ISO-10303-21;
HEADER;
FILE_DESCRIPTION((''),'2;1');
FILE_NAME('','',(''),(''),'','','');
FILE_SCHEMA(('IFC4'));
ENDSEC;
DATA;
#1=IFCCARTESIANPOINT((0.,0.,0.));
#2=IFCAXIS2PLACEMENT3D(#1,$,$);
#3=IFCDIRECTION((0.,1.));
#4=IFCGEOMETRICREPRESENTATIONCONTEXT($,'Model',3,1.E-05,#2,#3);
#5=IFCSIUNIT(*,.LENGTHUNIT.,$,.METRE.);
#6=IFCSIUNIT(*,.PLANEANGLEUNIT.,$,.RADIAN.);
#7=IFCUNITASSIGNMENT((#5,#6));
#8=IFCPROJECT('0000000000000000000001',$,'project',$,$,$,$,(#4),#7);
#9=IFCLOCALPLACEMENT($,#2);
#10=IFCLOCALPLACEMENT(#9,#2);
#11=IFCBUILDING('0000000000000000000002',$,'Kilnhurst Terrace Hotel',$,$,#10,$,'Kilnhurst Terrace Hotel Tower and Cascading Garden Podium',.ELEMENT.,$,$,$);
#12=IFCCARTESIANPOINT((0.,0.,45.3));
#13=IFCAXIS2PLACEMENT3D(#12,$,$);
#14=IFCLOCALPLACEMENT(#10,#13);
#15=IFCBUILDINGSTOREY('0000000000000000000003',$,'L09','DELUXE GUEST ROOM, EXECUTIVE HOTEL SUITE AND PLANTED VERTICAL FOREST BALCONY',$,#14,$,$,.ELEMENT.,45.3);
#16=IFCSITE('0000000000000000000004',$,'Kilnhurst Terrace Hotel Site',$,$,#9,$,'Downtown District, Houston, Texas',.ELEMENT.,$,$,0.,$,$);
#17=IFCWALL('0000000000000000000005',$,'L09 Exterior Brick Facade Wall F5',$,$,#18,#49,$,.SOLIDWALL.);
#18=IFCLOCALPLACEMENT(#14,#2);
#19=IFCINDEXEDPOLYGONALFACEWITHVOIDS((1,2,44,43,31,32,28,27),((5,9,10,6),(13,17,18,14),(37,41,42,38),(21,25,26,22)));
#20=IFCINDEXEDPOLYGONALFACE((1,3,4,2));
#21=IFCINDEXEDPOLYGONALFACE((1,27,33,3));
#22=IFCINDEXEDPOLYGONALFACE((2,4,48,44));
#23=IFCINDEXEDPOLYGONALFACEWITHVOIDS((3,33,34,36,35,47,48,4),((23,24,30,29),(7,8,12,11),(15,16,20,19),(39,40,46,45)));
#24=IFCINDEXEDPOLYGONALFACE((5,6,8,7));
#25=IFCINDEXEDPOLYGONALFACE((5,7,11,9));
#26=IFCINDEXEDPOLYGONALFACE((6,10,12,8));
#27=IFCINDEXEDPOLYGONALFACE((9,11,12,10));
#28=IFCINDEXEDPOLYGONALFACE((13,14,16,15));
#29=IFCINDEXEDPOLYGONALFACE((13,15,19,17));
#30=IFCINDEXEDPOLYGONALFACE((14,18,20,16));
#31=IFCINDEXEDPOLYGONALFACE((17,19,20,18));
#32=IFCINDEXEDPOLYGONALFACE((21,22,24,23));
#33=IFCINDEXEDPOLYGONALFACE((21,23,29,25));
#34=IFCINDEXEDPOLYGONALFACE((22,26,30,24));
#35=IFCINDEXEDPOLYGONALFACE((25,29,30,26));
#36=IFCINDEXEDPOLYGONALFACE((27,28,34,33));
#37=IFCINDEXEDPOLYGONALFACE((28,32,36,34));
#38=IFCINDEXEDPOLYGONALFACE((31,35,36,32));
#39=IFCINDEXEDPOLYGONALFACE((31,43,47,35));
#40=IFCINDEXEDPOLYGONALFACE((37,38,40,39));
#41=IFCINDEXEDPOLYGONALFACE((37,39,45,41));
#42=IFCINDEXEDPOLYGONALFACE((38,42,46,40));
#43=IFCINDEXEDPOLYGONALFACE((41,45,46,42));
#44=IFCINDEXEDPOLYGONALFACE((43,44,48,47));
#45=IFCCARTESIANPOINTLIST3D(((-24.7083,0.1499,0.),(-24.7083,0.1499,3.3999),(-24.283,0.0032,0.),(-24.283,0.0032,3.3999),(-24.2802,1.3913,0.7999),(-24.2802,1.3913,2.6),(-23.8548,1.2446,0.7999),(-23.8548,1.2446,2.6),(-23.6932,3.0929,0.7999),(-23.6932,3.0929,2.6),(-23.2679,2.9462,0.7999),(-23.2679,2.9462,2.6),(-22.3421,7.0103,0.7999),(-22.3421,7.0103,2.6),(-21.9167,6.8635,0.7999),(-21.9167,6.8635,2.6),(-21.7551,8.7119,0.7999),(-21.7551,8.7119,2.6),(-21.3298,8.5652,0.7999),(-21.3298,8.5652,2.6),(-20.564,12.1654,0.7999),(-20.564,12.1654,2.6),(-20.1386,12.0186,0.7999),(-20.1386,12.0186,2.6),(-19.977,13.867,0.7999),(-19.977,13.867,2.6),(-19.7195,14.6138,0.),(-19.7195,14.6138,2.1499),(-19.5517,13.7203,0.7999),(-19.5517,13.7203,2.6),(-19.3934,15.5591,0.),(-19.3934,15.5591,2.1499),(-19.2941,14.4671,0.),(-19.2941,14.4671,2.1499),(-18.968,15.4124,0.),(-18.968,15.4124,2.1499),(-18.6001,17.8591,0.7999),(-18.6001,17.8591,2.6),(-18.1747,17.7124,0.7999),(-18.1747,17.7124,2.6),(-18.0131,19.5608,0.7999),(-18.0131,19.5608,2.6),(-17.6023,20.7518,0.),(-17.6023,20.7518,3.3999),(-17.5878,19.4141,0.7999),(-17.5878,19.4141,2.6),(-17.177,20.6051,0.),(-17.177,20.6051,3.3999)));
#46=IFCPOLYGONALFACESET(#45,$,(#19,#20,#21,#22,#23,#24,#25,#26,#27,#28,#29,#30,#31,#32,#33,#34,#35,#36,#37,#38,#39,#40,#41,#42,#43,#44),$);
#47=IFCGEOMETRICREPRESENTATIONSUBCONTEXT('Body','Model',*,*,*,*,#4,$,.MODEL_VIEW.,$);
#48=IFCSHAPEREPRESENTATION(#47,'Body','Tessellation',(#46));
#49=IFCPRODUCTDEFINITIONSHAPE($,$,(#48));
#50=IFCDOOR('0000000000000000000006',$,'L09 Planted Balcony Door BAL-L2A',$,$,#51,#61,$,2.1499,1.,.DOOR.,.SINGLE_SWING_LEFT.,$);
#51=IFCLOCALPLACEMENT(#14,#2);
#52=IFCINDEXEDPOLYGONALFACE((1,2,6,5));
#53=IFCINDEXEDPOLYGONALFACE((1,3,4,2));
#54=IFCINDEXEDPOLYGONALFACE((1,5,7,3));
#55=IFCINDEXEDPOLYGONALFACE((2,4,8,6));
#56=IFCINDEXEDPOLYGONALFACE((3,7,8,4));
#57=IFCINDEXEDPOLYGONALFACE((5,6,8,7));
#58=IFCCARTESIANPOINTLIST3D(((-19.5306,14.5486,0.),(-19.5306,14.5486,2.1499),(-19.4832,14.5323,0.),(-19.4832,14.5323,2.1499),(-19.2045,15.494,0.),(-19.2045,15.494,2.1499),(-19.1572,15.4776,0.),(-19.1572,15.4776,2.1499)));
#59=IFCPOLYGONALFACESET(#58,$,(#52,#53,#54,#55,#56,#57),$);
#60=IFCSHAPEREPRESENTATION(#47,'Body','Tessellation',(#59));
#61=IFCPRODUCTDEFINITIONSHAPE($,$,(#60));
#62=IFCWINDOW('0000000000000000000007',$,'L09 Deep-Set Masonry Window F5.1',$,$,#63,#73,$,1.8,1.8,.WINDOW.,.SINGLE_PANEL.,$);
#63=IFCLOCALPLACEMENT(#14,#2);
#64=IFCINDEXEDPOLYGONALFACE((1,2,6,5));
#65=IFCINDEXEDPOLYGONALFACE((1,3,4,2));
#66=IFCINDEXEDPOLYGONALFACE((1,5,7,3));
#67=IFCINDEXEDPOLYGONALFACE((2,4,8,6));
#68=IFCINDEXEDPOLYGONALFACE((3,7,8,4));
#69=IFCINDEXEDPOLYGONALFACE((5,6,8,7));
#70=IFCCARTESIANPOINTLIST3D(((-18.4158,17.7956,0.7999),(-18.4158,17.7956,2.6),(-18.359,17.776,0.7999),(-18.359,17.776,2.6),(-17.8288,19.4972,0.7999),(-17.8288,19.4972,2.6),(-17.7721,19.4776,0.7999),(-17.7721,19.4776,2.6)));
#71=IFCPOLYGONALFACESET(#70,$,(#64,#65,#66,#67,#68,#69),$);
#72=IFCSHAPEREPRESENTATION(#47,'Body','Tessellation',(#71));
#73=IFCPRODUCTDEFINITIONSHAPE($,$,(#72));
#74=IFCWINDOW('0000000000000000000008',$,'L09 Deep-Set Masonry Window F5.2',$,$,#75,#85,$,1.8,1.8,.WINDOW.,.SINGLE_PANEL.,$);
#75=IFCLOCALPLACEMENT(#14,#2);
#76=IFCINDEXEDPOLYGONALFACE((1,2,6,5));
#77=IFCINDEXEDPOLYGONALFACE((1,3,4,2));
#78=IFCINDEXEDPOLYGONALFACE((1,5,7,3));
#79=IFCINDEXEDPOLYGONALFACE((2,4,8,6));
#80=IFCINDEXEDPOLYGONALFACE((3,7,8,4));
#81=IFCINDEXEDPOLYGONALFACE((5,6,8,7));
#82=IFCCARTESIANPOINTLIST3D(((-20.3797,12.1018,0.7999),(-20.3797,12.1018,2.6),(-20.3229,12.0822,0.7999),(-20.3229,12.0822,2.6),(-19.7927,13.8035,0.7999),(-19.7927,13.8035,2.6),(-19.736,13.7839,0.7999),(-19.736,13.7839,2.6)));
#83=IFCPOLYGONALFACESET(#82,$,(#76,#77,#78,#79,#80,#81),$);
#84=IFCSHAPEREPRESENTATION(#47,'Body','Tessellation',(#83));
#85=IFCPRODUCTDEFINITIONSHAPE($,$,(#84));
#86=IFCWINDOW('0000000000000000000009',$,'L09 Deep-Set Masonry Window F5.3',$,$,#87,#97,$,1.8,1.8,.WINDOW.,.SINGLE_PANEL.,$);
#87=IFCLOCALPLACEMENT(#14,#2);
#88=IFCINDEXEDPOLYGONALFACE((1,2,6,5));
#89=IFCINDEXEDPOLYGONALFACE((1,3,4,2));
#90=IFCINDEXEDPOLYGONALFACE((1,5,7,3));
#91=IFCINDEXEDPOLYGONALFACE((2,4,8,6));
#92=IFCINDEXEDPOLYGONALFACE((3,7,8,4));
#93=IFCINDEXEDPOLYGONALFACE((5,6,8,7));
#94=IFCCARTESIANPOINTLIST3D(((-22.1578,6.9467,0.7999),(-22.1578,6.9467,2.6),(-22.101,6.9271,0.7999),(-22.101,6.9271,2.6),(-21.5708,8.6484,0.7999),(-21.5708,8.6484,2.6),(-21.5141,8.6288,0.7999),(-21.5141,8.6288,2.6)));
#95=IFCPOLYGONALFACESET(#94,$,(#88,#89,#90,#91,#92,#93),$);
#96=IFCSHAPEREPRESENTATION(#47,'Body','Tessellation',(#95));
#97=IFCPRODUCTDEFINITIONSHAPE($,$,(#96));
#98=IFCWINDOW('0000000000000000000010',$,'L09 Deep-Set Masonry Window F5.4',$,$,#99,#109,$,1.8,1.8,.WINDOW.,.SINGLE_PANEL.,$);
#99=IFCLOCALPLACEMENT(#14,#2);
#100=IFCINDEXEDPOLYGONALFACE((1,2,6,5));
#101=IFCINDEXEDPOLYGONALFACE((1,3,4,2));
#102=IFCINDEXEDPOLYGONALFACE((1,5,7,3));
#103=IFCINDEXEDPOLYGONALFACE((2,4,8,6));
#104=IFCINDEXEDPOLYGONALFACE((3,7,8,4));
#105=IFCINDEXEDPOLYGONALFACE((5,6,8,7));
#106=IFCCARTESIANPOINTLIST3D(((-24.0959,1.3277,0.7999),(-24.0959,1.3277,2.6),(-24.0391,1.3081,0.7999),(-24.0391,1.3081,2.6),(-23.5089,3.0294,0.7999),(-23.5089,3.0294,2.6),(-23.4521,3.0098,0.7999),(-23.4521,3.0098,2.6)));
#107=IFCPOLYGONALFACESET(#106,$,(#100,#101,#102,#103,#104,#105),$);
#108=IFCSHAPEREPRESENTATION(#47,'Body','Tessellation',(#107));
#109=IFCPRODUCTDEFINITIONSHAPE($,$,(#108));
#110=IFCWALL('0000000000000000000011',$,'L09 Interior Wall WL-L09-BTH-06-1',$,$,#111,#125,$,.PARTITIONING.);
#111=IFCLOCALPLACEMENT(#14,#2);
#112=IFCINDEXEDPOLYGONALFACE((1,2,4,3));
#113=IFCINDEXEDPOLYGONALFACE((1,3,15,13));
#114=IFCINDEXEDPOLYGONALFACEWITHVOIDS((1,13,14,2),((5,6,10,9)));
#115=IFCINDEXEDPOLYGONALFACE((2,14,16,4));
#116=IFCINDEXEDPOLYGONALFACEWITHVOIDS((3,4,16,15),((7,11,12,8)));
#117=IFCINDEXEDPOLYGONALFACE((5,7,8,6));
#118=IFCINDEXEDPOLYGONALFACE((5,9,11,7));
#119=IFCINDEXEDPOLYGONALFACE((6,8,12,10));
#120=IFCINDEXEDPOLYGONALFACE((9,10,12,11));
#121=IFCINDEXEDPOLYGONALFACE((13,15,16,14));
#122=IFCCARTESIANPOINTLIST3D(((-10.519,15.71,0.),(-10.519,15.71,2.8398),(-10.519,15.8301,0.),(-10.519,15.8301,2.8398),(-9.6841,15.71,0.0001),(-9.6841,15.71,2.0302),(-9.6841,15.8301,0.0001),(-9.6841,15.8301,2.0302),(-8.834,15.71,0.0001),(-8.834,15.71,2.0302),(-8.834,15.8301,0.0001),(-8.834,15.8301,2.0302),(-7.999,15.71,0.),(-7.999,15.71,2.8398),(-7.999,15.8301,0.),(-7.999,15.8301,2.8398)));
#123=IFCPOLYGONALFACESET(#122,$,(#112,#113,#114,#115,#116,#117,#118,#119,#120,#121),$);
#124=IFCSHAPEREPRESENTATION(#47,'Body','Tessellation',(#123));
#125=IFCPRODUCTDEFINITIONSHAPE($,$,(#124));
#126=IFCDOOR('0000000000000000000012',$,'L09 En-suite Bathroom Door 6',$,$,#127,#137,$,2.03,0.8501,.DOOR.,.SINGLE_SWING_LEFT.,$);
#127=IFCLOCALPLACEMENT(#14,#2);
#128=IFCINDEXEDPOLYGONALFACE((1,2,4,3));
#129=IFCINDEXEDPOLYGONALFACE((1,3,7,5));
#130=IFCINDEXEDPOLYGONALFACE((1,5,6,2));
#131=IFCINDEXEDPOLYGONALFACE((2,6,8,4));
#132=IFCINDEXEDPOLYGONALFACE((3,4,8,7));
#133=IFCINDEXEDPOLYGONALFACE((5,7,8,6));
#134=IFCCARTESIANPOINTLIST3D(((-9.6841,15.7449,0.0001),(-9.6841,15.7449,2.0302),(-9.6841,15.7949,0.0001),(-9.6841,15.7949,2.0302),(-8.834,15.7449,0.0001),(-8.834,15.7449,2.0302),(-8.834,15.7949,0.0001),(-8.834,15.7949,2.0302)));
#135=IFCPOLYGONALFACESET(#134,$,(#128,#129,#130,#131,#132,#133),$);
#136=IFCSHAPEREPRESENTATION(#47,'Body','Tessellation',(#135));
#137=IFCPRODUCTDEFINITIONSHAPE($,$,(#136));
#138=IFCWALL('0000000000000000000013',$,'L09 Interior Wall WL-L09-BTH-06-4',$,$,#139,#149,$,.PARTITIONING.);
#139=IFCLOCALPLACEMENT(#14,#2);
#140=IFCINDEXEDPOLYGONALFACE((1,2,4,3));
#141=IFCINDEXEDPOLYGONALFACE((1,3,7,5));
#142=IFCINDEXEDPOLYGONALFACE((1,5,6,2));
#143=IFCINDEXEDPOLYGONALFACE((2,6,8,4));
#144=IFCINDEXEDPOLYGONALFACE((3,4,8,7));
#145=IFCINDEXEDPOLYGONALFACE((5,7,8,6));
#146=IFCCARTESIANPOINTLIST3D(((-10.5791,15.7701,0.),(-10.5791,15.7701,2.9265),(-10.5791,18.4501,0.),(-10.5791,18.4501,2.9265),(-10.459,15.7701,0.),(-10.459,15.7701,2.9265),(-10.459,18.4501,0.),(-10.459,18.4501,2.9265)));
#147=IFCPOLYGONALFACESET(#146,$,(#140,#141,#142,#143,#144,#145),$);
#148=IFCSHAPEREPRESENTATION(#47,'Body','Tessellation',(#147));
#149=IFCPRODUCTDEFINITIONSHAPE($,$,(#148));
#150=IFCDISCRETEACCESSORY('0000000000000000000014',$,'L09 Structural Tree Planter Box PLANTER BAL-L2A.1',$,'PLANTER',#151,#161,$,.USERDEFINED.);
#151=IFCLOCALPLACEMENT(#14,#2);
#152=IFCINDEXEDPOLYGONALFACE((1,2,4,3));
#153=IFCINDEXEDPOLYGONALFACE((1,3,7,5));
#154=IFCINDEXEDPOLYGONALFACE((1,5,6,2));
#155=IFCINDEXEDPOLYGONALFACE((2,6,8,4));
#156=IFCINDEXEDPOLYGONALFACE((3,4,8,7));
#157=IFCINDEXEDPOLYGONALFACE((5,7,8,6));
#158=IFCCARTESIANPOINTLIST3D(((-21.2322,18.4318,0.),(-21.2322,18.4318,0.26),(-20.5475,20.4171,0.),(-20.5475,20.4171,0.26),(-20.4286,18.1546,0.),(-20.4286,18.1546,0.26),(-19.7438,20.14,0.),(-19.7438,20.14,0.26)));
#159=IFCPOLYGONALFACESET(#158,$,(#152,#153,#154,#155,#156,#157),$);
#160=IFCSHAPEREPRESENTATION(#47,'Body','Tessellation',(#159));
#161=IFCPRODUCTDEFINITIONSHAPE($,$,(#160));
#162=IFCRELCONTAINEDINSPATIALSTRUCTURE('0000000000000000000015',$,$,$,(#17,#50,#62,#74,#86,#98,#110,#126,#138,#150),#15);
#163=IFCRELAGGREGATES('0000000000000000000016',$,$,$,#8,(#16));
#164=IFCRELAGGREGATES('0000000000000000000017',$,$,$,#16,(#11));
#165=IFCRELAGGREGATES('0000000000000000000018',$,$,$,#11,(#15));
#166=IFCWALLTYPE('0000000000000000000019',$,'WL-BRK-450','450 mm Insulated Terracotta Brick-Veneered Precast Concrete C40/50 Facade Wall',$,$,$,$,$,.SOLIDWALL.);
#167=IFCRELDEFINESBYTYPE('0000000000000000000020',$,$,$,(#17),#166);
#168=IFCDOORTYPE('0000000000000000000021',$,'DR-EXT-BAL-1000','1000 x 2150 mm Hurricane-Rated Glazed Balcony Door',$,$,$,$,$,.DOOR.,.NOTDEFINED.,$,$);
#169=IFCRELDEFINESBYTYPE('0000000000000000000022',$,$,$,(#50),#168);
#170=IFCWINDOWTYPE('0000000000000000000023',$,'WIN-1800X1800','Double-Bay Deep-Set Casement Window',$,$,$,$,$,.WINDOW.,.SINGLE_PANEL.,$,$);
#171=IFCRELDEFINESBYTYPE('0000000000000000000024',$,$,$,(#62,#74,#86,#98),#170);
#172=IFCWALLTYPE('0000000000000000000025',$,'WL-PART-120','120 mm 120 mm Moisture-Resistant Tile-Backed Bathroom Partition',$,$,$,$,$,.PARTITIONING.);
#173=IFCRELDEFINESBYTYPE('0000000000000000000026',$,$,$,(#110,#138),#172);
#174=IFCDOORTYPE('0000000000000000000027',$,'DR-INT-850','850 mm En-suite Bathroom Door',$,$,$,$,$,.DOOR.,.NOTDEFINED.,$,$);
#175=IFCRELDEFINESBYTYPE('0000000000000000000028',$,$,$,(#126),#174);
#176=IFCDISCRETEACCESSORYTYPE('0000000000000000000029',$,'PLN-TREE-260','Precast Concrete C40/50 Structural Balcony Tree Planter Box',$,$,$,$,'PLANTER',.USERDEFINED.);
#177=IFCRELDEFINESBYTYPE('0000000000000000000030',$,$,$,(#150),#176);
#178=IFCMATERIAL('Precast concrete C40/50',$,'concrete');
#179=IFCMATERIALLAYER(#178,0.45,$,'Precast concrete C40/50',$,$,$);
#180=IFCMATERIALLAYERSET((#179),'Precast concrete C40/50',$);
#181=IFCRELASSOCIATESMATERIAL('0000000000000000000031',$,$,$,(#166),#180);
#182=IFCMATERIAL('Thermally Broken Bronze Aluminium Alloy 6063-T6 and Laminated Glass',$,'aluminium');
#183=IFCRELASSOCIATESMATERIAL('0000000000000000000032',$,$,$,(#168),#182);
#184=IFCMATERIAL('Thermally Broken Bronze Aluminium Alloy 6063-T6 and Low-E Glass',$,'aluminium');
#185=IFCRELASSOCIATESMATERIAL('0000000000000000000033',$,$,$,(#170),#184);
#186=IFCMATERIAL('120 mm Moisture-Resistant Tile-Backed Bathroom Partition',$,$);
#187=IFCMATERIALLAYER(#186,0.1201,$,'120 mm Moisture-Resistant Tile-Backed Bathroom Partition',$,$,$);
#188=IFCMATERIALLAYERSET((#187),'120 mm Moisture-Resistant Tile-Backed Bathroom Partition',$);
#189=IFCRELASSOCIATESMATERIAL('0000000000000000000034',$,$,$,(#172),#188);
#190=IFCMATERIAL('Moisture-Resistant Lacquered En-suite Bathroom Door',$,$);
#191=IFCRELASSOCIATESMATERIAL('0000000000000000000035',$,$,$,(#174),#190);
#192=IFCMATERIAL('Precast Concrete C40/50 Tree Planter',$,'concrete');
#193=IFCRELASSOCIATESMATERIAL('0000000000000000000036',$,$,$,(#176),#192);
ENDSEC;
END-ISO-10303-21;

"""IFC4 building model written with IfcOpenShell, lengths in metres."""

from ifc_helpers import new_model, si_unit, direction, frame, frame_2d, origin, origin_2d, place, context, subcontext, project, spatial, rectangle, extrude, material, layer, layer_set, type_object, element, fill, save


model = new_model("IFC4")

# Units and contexts
model_context = context("Model", 3, precision=1e-05, world=origin(), true_north=direction((0.0, 1.0)))
body_context = subcontext(model_context, "Body", "Model", "MODEL_VIEW")
ifc_project = project(units=[si_unit("LENGTHUNIT", "METRE"), si_unit("PLANEANGLEUNIT", "RADIAN")], contexts=[model_context])

# Site, building, storey
site_placement = place(None, origin())
site = spatial("IfcSite", under=ifc_project, at=site_placement, Name="Kilnhurst Terrace Hotel Site", LongName="Downtown District, Houston, Texas", CompositionType="ELEMENT", RefElevation=0.0)
building_placement = place(site_placement, origin())
building = spatial("IfcBuilding", under=site, at=building_placement, Name="Kilnhurst Terrace Hotel", LongName="Kilnhurst Terrace Hotel Tower and Cascading Garden Podium", CompositionType="ELEMENT")
storey_placement = place(building_placement, frame((0.0, 0.0, 45.3)))
storey = spatial("IfcBuildingStorey", under=building, at=storey_placement, Name="L09", Description="DELUXE GUEST ROOM, EXECUTIVE HOTEL SUITE AND PLANTED VERTICAL FOREST BALCONY", CompositionType="ELEMENT", Elevation=45.3)

# Shared definitions
ifc_material_1 = material(Name="Precast concrete C40/50", Category="concrete")
ifc_layer_1 = layer(ifc_material_1, 0.45, Name="Precast concrete C40/50")
ifc_layer_set_1 = layer_set([ifc_layer_1], Name="Precast concrete C40/50")
wall_type_1 = type_object("IfcWallType", Name="WL-BRK-450", Description="450 mm Insulated Terracotta Brick-Veneered Precast Concrete C40/50 Facade Wall", PredefinedType="SOLIDWALL", material=ifc_layer_set_1)

# Wall, openings, door, windows
wall_1_placement = place(storey_placement, frame((-17.3896, 20.6785, 0.0), z_axis=(0.0, 0.0, 1.0), x_axis=(-0.326068, -0.945346, 0.0)))
wall_1 = element("IfcWall", 1, at=wall_1_placement, inside=storey, type_object=wall_type_1, Name="L09 Exterior Brick Facade Wall F5", PredefinedType="SOLIDWALL", context=body_context, shape_type="SweptSolid", body=[
    extrude(rectangle(XDim=21.793, YDim=0.45, at=frame_2d((10.8965, 0.0))), origin(), (0.0, 0.0, 1.0), 3.3999),
])
opening_1_placement = place(wall_1_placement, frame((5.4929, 0.0, 0.0)))
opening_1 = element("IfcOpeningElement", 2, at=opening_1_placement, cuts=wall_1, PredefinedType="OPENING", context=body_context, shape_type="SweptSolid", body=[
    extrude(rectangle(XDim=1.0, YDim=2.1499, at=frame_2d((0.5, 1.075))), frame((0.0, 0.2349, 0.0), z_axis=(0.0, -1.0, 0.0), x_axis=(1.0, 0.0, 0.0)), (0.0, 0.0, 1.0), 0.47),
])
opening_2_placement = place(wall_1_placement, frame((1.26, 0.0, 0.8)))
opening_2 = element("IfcOpeningElement", 3, at=opening_2_placement, cuts=wall_1, PredefinedType="OPENING", context=body_context, shape_type="SweptSolid", body=[
    extrude(rectangle(XDim=1.8, YDim=1.8, at=frame_2d((0.8999, 0.8999))), frame((0.0, 0.2349, 0.0), z_axis=(0.0, -1.0, 0.0), x_axis=(1.0, 0.0, 0.0)), (0.0, 0.0, 1.0), 0.47),
])
opening_3_placement = place(wall_1_placement, frame((7.283, 0.0, 0.8)))
opening_3 = element("IfcOpeningElement", 4, at=opening_3_placement, cuts=wall_1, PredefinedType="OPENING", context=body_context, shape_type="SweptSolid", body=[
    extrude(rectangle(XDim=1.8, YDim=1.8, at=frame_2d((0.8999, 0.8999))), frame((0.0, 0.2349, 0.0), z_axis=(0.0, -1.0, 0.0), x_axis=(1.0, 0.0, 0.0)), (0.0, 0.0, 1.0), 0.47),
])
opening_4_placement = place(wall_1_placement, frame((12.7361, 0.0, 0.8)))
opening_4 = element("IfcOpeningElement", 5, at=opening_4_placement, cuts=wall_1, PredefinedType="OPENING", context=body_context, shape_type="SweptSolid", body=[
    extrude(rectangle(XDim=1.8, YDim=1.8, at=frame_2d((0.8999, 0.8999))), frame((0.0, 0.2349, 0.0), z_axis=(0.0, -1.0, 0.0), x_axis=(1.0, 0.0, 0.0)), (0.0, 0.0, 1.0), 0.47),
])
opening_5_placement = place(wall_1_placement, frame((18.6799, 0.0, 0.8)))
opening_5 = element("IfcOpeningElement", 6, at=opening_5_placement, cuts=wall_1, PredefinedType="OPENING", context=body_context, shape_type="SweptSolid", body=[
    extrude(rectangle(XDim=1.8, YDim=1.8, at=frame_2d((0.8999, 0.8999))), frame((0.0, 0.2349, 0.0), z_axis=(0.0, -1.0, 0.0), x_axis=(1.0, 0.0, 0.0)), (0.0, 0.0, 1.0), 0.47),
])
ifc_material_2 = material(Name="Thermally Broken Bronze Aluminium Alloy 6063-T6 and Laminated Glass", Category="aluminium")
door_type_1 = type_object("IfcDoorType", Name="DR-EXT-BAL-1000", Description="1000 x 2150 mm Hurricane-Rated Glazed Balcony Door", OperationType="NOTDEFINED", PredefinedType="DOOR", material=ifc_material_2)
door_1_placement = place(opening_1_placement, origin())
door_1 = element("IfcDoor", 7, at=door_1_placement, inside=storey, type_object=door_type_1, Name="L09 Planted Balcony Door BAL-L2A", OperationType="SINGLE_SWING_LEFT", OverallHeight=2.1499, OverallWidth=1.0, PredefinedType="DOOR", context=body_context, shape_type="SweptSolid", body=[
    extrude(rectangle(XDim=1.0, YDim=2.1499, at=frame_2d((0.5, 1.075))), frame((0.0, 0.0249, 0.0), z_axis=(0.0, -1.0, 0.0), x_axis=(1.0, 0.0, 0.0)), (0.0, 0.0, 1.0), 0.05),
])
fill(opening_1, door_1)
ifc_material_3 = material(Name="Thermally Broken Bronze Aluminium Alloy 6063-T6 and Low-E Glass", Category="aluminium")
window_type = type_object("IfcWindowType", Name="WIN-1800X1800", Description="Double-Bay Deep-Set Casement Window", PartitioningType="SINGLE_PANEL", PredefinedType="WINDOW", material=ifc_material_3)
window_1_placement = place(opening_2_placement, origin())
window_1 = element("IfcWindow", 8, at=window_1_placement, inside=storey, type_object=window_type, Name="L09 Deep-Set Masonry Window F5.1", OverallHeight=1.8, OverallWidth=1.8, PartitioningType="SINGLE_PANEL", PredefinedType="WINDOW", context=body_context, shape_type="SweptSolid", body=[
    extrude(rectangle(XDim=1.8, YDim=1.8, at=frame_2d((0.8999, 0.8999))), frame((0.0, 0.03, 0.0), z_axis=(0.0, -1.0, 0.0), x_axis=(1.0, 0.0, 0.0)), (0.0, 0.0, 1.0), 0.0601),
])
fill(opening_2, window_1)
window_2_placement = place(opening_3_placement, origin())
window_2 = element("IfcWindow", 9, at=window_2_placement, inside=storey, type_object=window_type, Name="L09 Deep-Set Masonry Window F5.2", OverallHeight=1.8, OverallWidth=1.8, PartitioningType="SINGLE_PANEL", PredefinedType="WINDOW", context=body_context, shape_type="SweptSolid", body=[
    extrude(rectangle(XDim=1.8, YDim=1.8, at=frame_2d((0.8999, 0.8999))), frame((0.0, 0.03, 0.0), z_axis=(0.0, -1.0, 0.0), x_axis=(1.0, 0.0, 0.0)), (0.0, 0.0, 1.0), 0.0601),
])
fill(opening_3, window_2)
window_3_placement = place(opening_4_placement, origin())
window_3 = element("IfcWindow", 10, at=window_3_placement, inside=storey, type_object=window_type, Name="L09 Deep-Set Masonry Window F5.3", OverallHeight=1.8, OverallWidth=1.8, PartitioningType="SINGLE_PANEL", PredefinedType="WINDOW", context=body_context, shape_type="SweptSolid", body=[
    extrude(rectangle(XDim=1.8, YDim=1.8, at=frame_2d((0.8999, 0.8999))), frame((0.0, 0.03, 0.0), z_axis=(0.0, -1.0, 0.0), x_axis=(1.0, 0.0, 0.0)), (0.0, 0.0, 1.0), 0.0601),
])
fill(opening_4, window_3)
window_4_placement = place(opening_5_placement, origin())
window_4 = element("IfcWindow", 11, at=window_4_placement, inside=storey, type_object=window_type, Name="L09 Deep-Set Masonry Window F5.4", OverallHeight=1.8, OverallWidth=1.8, PartitioningType="SINGLE_PANEL", PredefinedType="WINDOW", context=body_context, shape_type="SweptSolid", body=[
    extrude(rectangle(XDim=1.8, YDim=1.8, at=frame_2d((0.8999, 0.8999))), frame((0.0, 0.03, 0.0), z_axis=(0.0, -1.0, 0.0), x_axis=(1.0, 0.0, 0.0)), (0.0, 0.0, 1.0), 0.0601),
])
fill(opening_5, window_4)

# Wall, opening, door
ifc_material_4 = material(Name="120 mm Moisture-Resistant Tile-Backed Bathroom Partition")
ifc_layer_2 = layer(ifc_material_4, 0.1201, Name="120 mm Moisture-Resistant Tile-Backed Bathroom Partition")
ifc_layer_set_2 = layer_set([ifc_layer_2], Name="120 mm Moisture-Resistant Tile-Backed Bathroom Partition")
wall_type_2 = type_object("IfcWallType", Name="WL-PART-120", Description="120 mm 120 mm Moisture-Resistant Tile-Backed Bathroom Partition", PredefinedType="PARTITIONING", material=ifc_layer_set_2)
wall_2_placement = place(storey_placement, frame((-10.519, 15.77, 0.0), z_axis=(0.0, 0.0, 1.0), x_axis=(1.0, 0.0, 0.0)))
wall_2 = element("IfcWall", 12, at=wall_2_placement, inside=storey, type_object=wall_type_2, Name="L09 Interior Wall WL-L09-BTH-06-1", PredefinedType="PARTITIONING", context=body_context, shape_type="SweptSolid", body=[
    extrude(rectangle(XDim=2.52, YDim=0.1201, at=frame_2d((1.26, 0.0))), origin(), (0.0, 0.0, 1.0), 2.8398),
])
opening_6_placement = place(wall_2_placement, frame((0.835, 0.0, 0.0)))
opening_6 = element("IfcOpeningElement", 13, at=opening_6_placement, cuts=wall_2, PredefinedType="OPENING", context=body_context, shape_type="SweptSolid", body=[
    extrude(rectangle(XDim=0.8501, YDim=2.03, at=frame_2d((0.425, 1.0151))), frame((0.0, 0.0701, 0.0), z_axis=(0.0, -1.0, 0.0), x_axis=(1.0, 0.0, 0.0)), (0.0, 0.0, 1.0), 0.1401),
])
ifc_material_5 = material(Name="Moisture-Resistant Lacquered En-suite Bathroom Door")
door_type_2 = type_object("IfcDoorType", Name="DR-INT-850", Description="850 mm En-suite Bathroom Door", OperationType="NOTDEFINED", PredefinedType="DOOR", material=ifc_material_5)
door_2_placement = place(opening_6_placement, origin())
door_2 = element("IfcDoor", 14, at=door_2_placement, inside=storey, type_object=door_type_2, Name="L09 En-suite Bathroom Door 6", OperationType="SINGLE_SWING_LEFT", OverallHeight=2.03, OverallWidth=0.8501, PredefinedType="DOOR", context=body_context, shape_type="SweptSolid", body=[
    extrude(rectangle(XDim=0.8501, YDim=2.03, at=frame_2d((0.425, 1.0151))), frame((0.0, 0.0249, 0.0), z_axis=(0.0, -1.0, 0.0), x_axis=(1.0, 0.0, 0.0)), (0.0, 0.0, 1.0), 0.05),
])
fill(opening_6, door_2)

# Wall
wall_3_placement = place(storey_placement, frame((-10.519, 18.45, 0.0), z_axis=(0.0, 0.0, 1.0), x_axis=(0.0, -1.0, 0.0)))
element("IfcWall", 15, at=wall_3_placement, inside=storey, type_object=wall_type_2, Name="L09 Interior Wall WL-L09-BTH-06-4", PredefinedType="PARTITIONING", context=body_context, shape_type="SweptSolid", body=[
    extrude(rectangle(XDim=2.6799, YDim=0.1201, at=frame_2d((1.3398, 0.0))), origin(), (0.0, 0.0, 1.0), 2.9265),
])

# Discrete accessory
ifc_material_6 = material(Name="Precast Concrete C40/50 Tree Planter", Category="concrete")
discrete_accessory_type = type_object("IfcDiscreteAccessoryType", Name="PLN-TREE-260", Description="Precast Concrete C40/50 Structural Balcony Tree Planter Box", ElementType="PLANTER", PredefinedType="USERDEFINED", material=ifc_material_6)
discrete_accessory_placement = place(storey_placement, frame((-20.488, 19.2859, 0.0), z_axis=(0.0, 0.0, 1.0), x_axis=(-0.326063, -0.945348, 0.0)))
element("IfcDiscreteAccessory", 16, at=discrete_accessory_placement, inside=storey, type_object=discrete_accessory_type, Name="L09 Structural Tree Planter Box PLANTER BAL-L2A.1", ObjectType="PLANTER", PredefinedType="USERDEFINED", context=body_context, shape_type="SweptSolid", body=[
    extrude(rectangle(XDim=2.1001, YDim=0.8501, at=origin_2d()), origin(), (0.0, 0.0, 1.0), 0.26),
])

save(model, "model.ifc")
